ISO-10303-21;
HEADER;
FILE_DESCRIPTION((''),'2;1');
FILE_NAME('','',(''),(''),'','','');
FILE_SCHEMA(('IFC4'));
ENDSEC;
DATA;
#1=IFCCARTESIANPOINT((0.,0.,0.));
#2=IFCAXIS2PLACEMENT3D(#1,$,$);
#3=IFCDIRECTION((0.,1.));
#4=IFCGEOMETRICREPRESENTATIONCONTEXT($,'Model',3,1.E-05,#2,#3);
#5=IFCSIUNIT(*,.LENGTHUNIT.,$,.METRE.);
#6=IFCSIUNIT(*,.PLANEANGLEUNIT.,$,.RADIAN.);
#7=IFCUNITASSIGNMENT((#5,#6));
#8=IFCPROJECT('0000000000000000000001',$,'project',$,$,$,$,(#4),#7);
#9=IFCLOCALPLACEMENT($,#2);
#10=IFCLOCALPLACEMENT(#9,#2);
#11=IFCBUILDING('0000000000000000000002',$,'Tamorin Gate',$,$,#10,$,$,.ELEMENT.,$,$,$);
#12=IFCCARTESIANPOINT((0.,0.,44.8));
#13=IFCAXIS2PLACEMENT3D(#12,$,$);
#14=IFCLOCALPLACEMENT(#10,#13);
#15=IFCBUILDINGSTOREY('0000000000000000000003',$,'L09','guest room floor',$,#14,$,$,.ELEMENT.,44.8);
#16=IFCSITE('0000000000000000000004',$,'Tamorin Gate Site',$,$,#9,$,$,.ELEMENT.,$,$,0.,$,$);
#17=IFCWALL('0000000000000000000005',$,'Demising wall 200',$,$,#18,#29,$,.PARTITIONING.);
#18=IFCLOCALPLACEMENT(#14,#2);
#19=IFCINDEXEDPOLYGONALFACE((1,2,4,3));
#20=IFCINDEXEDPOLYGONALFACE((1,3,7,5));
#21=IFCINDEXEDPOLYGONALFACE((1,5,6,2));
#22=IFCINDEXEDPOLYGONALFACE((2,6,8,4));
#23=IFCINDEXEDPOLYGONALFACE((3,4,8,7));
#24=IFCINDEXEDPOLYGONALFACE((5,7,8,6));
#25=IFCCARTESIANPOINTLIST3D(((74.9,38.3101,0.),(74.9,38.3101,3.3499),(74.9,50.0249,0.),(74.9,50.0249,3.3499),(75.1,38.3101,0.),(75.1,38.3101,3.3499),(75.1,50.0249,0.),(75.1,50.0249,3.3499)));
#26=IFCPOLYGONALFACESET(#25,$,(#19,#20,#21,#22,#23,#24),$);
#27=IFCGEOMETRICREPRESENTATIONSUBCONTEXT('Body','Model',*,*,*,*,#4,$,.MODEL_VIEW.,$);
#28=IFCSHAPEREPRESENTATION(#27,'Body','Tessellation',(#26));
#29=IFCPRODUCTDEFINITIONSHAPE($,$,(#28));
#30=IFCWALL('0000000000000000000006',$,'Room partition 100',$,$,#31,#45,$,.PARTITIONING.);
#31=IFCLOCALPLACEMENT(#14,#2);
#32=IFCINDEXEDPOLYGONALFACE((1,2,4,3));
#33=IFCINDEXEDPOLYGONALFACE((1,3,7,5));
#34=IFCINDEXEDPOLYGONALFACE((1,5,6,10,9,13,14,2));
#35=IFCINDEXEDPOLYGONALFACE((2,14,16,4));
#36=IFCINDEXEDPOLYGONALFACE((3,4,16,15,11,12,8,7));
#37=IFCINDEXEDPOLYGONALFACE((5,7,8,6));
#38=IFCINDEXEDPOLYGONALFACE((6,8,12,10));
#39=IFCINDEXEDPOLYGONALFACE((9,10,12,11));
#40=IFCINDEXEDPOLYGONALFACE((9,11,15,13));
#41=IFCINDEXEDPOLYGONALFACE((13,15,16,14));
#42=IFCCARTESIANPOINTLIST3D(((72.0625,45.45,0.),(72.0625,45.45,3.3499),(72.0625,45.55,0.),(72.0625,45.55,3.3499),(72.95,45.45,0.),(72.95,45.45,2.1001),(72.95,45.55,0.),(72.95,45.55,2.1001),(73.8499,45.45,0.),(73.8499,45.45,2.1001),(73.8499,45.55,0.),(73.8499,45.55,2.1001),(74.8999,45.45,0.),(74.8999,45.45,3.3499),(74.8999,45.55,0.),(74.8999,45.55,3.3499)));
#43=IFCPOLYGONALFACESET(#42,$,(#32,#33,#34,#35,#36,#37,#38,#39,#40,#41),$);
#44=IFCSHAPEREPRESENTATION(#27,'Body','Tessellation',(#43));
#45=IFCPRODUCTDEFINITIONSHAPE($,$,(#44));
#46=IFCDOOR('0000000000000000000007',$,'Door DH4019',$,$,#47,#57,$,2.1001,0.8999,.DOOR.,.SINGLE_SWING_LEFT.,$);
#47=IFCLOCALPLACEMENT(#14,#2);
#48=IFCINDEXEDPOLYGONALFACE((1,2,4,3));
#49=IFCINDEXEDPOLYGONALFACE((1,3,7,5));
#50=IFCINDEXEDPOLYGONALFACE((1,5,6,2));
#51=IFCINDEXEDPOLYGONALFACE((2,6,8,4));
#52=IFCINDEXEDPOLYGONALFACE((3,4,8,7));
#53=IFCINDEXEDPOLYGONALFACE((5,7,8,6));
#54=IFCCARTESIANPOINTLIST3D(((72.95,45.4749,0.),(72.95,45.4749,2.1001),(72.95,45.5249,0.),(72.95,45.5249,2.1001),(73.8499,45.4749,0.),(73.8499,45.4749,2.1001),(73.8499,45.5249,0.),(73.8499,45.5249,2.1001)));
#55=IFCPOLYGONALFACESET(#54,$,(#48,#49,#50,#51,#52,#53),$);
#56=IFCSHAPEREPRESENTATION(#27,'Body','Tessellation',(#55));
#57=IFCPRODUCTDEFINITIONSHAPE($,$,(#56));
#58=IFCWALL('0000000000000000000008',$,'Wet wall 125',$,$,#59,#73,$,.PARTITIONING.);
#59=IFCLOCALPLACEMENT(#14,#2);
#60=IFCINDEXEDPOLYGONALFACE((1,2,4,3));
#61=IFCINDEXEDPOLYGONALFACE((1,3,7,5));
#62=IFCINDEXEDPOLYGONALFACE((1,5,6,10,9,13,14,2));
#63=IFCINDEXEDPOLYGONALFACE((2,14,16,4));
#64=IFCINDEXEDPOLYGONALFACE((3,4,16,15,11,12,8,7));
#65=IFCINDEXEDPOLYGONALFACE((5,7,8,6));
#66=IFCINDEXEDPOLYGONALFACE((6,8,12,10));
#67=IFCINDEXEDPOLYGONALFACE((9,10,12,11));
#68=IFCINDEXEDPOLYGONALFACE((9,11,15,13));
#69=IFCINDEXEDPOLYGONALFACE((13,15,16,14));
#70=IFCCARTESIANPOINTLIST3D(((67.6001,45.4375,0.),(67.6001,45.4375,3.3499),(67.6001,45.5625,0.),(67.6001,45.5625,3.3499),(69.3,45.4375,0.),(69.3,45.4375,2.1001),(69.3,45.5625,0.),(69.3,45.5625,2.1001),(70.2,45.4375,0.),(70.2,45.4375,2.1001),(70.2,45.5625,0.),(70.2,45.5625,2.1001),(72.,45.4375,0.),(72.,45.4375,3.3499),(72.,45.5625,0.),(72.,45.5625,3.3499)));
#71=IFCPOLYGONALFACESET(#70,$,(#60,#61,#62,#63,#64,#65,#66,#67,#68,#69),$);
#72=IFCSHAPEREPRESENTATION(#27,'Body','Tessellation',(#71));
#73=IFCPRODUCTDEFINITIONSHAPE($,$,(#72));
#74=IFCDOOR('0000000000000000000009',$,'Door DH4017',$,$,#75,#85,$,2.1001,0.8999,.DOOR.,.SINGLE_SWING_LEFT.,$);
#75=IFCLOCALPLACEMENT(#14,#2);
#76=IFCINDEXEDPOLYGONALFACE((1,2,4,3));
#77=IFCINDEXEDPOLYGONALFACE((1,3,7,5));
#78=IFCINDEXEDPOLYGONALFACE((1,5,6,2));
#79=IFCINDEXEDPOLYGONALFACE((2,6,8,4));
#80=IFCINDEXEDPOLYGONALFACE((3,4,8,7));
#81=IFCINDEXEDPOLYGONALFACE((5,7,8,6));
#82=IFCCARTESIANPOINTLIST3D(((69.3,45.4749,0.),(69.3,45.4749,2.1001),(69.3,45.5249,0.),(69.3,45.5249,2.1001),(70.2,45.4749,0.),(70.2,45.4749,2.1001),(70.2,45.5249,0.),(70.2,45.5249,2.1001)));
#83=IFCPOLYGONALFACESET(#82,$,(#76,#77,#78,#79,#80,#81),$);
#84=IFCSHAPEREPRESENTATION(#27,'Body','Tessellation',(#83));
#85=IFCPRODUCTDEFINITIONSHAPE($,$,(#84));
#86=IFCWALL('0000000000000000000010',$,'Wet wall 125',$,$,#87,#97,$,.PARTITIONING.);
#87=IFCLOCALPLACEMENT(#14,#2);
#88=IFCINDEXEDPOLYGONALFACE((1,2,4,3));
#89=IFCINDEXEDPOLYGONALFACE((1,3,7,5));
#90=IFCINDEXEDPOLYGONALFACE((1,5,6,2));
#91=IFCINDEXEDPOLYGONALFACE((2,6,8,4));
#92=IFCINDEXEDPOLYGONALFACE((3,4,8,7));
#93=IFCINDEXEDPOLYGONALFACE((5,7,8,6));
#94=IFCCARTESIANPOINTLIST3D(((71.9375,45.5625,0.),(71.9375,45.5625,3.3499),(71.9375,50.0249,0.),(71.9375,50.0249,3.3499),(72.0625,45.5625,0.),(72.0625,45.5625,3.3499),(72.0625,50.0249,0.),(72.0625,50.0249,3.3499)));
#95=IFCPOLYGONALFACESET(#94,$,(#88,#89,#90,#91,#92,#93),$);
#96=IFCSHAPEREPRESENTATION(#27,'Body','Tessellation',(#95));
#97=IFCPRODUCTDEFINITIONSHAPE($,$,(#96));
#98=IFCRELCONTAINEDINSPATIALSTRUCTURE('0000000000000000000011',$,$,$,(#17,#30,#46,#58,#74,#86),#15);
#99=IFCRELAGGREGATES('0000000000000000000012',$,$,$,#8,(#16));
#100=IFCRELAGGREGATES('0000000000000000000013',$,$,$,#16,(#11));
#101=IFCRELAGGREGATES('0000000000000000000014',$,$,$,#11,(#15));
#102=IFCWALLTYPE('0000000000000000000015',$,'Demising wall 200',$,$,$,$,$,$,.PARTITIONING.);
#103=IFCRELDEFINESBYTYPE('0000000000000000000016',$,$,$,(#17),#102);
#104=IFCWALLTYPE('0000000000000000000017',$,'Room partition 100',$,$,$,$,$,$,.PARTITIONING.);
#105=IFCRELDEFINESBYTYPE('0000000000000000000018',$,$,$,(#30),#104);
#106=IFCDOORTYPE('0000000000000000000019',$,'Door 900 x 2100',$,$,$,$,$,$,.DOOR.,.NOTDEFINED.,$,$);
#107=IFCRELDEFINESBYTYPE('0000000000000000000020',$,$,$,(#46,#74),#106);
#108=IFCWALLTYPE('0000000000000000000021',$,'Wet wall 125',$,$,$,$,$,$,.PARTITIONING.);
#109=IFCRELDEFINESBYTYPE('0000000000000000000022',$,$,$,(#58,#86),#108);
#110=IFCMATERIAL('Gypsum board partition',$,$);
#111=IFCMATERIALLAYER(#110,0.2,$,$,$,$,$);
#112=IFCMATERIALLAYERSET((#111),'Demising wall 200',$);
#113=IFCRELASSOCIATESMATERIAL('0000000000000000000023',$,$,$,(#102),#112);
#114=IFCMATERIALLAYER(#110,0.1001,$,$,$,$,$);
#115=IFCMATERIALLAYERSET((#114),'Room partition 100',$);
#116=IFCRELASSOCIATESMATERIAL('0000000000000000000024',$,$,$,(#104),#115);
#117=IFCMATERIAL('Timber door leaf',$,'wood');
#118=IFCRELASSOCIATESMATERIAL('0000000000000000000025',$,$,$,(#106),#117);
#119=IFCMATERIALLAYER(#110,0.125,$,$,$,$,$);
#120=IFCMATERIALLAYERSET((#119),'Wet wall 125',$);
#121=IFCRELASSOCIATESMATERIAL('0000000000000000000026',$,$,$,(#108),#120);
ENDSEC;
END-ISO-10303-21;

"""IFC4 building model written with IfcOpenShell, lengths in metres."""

from ifc_helpers import new_model, si_unit, direction, frame, frame_2d, origin, place, context, subcontext, project, spatial, rectangle, extrude, material, layer, layer_set, type_object, element, fill, save


model = new_model("IFC4")

# Units and contexts
model_context = context("Model", 3, precision=1e-05, world=origin(), true_north=direction((0.0, 1.0)))
body_context = subcontext(model_context, "Body", "Model", "MODEL_VIEW")
ifc_project = project(units=[si_unit("LENGTHUNIT", "METRE"), si_unit("PLANEANGLEUNIT", "RADIAN")], contexts=[model_context])

# Site, building, storey
site_placement = place(None, origin())
site = spatial("IfcSite", under=ifc_project, at=site_placement, Name="Tamorin Gate Site", CompositionType="ELEMENT", RefElevation=0.0)
building_placement = place(site_placement, origin())
building = spatial("IfcBuilding", under=site, at=building_placement, Name="Tamorin Gate", CompositionType="ELEMENT")
storey_placement = place(building_placement, frame((0.0, 0.0, 44.8)))
storey = spatial("IfcBuildingStorey", under=building, at=storey_placement, Name="L09", Description="guest room floor", CompositionType="ELEMENT", Elevation=44.8)

# Wall
ifc_material_1 = material(Name="Gypsum board partition")
ifc_layer_1 = layer(ifc_material_1, 0.2)
ifc_layer_set_1 = layer_set([ifc_layer_1], Name="Demising wall 200")
wall_type_1 = type_object("IfcWallType", Name="Demising wall 200", PredefinedType="PARTITIONING", material=ifc_layer_set_1)
wall_1_placement = place(storey_placement, frame((75.0, 38.3101, 0.0), z_axis=(0.0, 0.0, 1.0), x_axis=(0.0, 1.0, 0.0)))
element("IfcWall", 1, at=wall_1_placement, inside=storey, type_object=wall_type_1, Name="Demising wall 200", PredefinedType="PARTITIONING", context=body_context, shape_type="SweptSolid", body=[
    extrude(rectangle(XDim=11.7148, YDim=0.2, at=frame_2d((5.8574, 0.0))), origin(), (0.0, 0.0, 1.0), 3.3499),
])

# Walls, openings, doors
ifc_layer_2 = layer(ifc_material_1, 0.1001)
ifc_layer_set_2 = layer_set([ifc_layer_2], Name="Room partition 100")
wall_type_2 = type_object("IfcWallType", Name="Room partition 100", PredefinedType="PARTITIONING", material=ifc_layer_set_2)
wall_2_placement = place(storey_placement, frame((72.0625, 45.5, 0.0), z_axis=(0.0, 0.0, 1.0), x_axis=(1.0, 0.0, 0.0)))
wall_2 = element("IfcWall", 2, at=wall_2_placement, inside=storey, type_object=wall_type_2, Name="Room partition 100", PredefinedType="PARTITIONING", context=body_context, shape_type="SweptSolid", body=[
    extrude(rectangle(XDim=2.8374, YDim=0.1001, at=frame_2d((1.4187, 0.0))), origin(), (0.0, 0.0, 1.0), 3.3499),
])
opening_1_placement = place(wall_2_placement, frame((0.8875, 0.0, 0.0)))
opening_1 = element("IfcOpeningElement", 3, at=opening_1_placement, cuts=wall_2, PredefinedType="OPENING", context=body_context, shape_type="SweptSolid", body=[
    extrude(rectangle(XDim=0.8999, YDim=2.1001, at=frame_2d((0.45, 1.05))), frame((0.0, 0.0601, 0.0), z_axis=(0.0, -1.0, 0.0), x_axis=(1.0, 0.0, 0.0)), (0.0, 0.0, 1.0), 0.1201),
])
ifc_material_2 = material(Name="Timber door leaf", Category="wood")
door_type = type_object("IfcDoorType", Name="Door 900 x 2100", OperationType="NOTDEFINED", PredefinedType="DOOR", material=ifc_material_2)
door_1_placement = place(opening_1_placement, origin())
door_1 = element("IfcDoor", 4, at=door_1_placement, inside=storey, type_object=door_type, Name="Door DH4019", OperationType="SINGLE_SWING_LEFT", OverallHeight=2.1001, OverallWidth=0.8999, PredefinedType="DOOR", context=body_context, shape_type="SweptSolid", body=[
    extrude(rectangle(XDim=0.8999, YDim=2.1001, at=frame_2d((0.45, 1.05))), frame((0.0, 0.0249, 0.0), z_axis=(0.0, -1.0, 0.0), x_axis=(1.0, 0.0, 0.0)), (0.0, 0.0, 1.0), 0.05),
])
fill(opening_1, door_1)
ifc_layer_3 = layer(ifc_material_1, 0.125)
ifc_layer_set_3 = layer_set([ifc_layer_3], Name="Wet wall 125")
wall_type_3 = type_object("IfcWallType", Name="Wet wall 125", PredefinedType="PARTITIONING", material=ifc_layer_set_3)
wall_3_placement = place(storey_placement, frame((67.6001, 45.5, 0.0), z_axis=(0.0, 0.0, 1.0), x_axis=(1.0, 0.0, 0.0)))
wall_3 = element("IfcWall", 5, at=wall_3_placement, inside=storey, type_object=wall_type_3, Name="Wet wall 125", PredefinedType="PARTITIONING", context=body_context, shape_type="SweptSolid", body=[
    extrude(rectangle(XDim=4.3999, YDim=0.125, at=frame_2d((2.2, 0.0))), origin(), (0.0, 0.0, 1.0), 3.3499),
])
opening_2_placement = place(wall_3_placement, frame((1.7, 0.0, 0.0)))
opening_2 = element("IfcOpeningElement", 6, at=opening_2_placement, cuts=wall_3, PredefinedType="OPENING", context=body_context, shape_type="SweptSolid", body=[
    extrude(rectangle(XDim=0.8999, YDim=2.1001, at=frame_2d((0.45, 1.05))), frame((0.0, 0.0725, 0.0), z_axis=(0.0, -1.0, 0.0), x_axis=(1.0, 0.0, 0.0)), (0.0, 0.0, 1.0), 0.145),
])
door_2_placement = place(opening_2_placement, origin())
door_2 = element("IfcDoor", 7, at=door_2_placement, inside=storey, type_object=door_type, Name="Door DH4017", OperationType="SINGLE_SWING_LEFT", OverallHeight=2.1001, OverallWidth=0.8999, PredefinedType="DOOR", context=body_context, shape_type="SweptSolid", body=[
    extrude(rectangle(XDim=0.8999, YDim=2.1001, at=frame_2d((0.45, 1.05))), frame((0.0, 0.0249, 0.0), z_axis=(0.0, -1.0, 0.0), x_axis=(1.0, 0.0, 0.0)), (0.0, 0.0, 1.0), 0.05),
])
fill(opening_2, door_2)

# Wall
wall_4_placement = place(storey_placement, frame((72.0, 45.5625, 0.0), z_axis=(0.0, 0.0, 1.0), x_axis=(0.0, 1.0, 0.0)))
element("IfcWall", 8, at=wall_4_placement, inside=storey, type_object=wall_type_3, Name="Wet wall 125", PredefinedType="PARTITIONING", context=body_context, shape_type="SweptSolid", body=[
    extrude(rectangle(XDim=4.4624, YDim=0.125, at=frame_2d((2.2312, 0.0))), origin(), (0.0, 0.0, 1.0), 3.3499),
])

save(model, "model.ifc")
